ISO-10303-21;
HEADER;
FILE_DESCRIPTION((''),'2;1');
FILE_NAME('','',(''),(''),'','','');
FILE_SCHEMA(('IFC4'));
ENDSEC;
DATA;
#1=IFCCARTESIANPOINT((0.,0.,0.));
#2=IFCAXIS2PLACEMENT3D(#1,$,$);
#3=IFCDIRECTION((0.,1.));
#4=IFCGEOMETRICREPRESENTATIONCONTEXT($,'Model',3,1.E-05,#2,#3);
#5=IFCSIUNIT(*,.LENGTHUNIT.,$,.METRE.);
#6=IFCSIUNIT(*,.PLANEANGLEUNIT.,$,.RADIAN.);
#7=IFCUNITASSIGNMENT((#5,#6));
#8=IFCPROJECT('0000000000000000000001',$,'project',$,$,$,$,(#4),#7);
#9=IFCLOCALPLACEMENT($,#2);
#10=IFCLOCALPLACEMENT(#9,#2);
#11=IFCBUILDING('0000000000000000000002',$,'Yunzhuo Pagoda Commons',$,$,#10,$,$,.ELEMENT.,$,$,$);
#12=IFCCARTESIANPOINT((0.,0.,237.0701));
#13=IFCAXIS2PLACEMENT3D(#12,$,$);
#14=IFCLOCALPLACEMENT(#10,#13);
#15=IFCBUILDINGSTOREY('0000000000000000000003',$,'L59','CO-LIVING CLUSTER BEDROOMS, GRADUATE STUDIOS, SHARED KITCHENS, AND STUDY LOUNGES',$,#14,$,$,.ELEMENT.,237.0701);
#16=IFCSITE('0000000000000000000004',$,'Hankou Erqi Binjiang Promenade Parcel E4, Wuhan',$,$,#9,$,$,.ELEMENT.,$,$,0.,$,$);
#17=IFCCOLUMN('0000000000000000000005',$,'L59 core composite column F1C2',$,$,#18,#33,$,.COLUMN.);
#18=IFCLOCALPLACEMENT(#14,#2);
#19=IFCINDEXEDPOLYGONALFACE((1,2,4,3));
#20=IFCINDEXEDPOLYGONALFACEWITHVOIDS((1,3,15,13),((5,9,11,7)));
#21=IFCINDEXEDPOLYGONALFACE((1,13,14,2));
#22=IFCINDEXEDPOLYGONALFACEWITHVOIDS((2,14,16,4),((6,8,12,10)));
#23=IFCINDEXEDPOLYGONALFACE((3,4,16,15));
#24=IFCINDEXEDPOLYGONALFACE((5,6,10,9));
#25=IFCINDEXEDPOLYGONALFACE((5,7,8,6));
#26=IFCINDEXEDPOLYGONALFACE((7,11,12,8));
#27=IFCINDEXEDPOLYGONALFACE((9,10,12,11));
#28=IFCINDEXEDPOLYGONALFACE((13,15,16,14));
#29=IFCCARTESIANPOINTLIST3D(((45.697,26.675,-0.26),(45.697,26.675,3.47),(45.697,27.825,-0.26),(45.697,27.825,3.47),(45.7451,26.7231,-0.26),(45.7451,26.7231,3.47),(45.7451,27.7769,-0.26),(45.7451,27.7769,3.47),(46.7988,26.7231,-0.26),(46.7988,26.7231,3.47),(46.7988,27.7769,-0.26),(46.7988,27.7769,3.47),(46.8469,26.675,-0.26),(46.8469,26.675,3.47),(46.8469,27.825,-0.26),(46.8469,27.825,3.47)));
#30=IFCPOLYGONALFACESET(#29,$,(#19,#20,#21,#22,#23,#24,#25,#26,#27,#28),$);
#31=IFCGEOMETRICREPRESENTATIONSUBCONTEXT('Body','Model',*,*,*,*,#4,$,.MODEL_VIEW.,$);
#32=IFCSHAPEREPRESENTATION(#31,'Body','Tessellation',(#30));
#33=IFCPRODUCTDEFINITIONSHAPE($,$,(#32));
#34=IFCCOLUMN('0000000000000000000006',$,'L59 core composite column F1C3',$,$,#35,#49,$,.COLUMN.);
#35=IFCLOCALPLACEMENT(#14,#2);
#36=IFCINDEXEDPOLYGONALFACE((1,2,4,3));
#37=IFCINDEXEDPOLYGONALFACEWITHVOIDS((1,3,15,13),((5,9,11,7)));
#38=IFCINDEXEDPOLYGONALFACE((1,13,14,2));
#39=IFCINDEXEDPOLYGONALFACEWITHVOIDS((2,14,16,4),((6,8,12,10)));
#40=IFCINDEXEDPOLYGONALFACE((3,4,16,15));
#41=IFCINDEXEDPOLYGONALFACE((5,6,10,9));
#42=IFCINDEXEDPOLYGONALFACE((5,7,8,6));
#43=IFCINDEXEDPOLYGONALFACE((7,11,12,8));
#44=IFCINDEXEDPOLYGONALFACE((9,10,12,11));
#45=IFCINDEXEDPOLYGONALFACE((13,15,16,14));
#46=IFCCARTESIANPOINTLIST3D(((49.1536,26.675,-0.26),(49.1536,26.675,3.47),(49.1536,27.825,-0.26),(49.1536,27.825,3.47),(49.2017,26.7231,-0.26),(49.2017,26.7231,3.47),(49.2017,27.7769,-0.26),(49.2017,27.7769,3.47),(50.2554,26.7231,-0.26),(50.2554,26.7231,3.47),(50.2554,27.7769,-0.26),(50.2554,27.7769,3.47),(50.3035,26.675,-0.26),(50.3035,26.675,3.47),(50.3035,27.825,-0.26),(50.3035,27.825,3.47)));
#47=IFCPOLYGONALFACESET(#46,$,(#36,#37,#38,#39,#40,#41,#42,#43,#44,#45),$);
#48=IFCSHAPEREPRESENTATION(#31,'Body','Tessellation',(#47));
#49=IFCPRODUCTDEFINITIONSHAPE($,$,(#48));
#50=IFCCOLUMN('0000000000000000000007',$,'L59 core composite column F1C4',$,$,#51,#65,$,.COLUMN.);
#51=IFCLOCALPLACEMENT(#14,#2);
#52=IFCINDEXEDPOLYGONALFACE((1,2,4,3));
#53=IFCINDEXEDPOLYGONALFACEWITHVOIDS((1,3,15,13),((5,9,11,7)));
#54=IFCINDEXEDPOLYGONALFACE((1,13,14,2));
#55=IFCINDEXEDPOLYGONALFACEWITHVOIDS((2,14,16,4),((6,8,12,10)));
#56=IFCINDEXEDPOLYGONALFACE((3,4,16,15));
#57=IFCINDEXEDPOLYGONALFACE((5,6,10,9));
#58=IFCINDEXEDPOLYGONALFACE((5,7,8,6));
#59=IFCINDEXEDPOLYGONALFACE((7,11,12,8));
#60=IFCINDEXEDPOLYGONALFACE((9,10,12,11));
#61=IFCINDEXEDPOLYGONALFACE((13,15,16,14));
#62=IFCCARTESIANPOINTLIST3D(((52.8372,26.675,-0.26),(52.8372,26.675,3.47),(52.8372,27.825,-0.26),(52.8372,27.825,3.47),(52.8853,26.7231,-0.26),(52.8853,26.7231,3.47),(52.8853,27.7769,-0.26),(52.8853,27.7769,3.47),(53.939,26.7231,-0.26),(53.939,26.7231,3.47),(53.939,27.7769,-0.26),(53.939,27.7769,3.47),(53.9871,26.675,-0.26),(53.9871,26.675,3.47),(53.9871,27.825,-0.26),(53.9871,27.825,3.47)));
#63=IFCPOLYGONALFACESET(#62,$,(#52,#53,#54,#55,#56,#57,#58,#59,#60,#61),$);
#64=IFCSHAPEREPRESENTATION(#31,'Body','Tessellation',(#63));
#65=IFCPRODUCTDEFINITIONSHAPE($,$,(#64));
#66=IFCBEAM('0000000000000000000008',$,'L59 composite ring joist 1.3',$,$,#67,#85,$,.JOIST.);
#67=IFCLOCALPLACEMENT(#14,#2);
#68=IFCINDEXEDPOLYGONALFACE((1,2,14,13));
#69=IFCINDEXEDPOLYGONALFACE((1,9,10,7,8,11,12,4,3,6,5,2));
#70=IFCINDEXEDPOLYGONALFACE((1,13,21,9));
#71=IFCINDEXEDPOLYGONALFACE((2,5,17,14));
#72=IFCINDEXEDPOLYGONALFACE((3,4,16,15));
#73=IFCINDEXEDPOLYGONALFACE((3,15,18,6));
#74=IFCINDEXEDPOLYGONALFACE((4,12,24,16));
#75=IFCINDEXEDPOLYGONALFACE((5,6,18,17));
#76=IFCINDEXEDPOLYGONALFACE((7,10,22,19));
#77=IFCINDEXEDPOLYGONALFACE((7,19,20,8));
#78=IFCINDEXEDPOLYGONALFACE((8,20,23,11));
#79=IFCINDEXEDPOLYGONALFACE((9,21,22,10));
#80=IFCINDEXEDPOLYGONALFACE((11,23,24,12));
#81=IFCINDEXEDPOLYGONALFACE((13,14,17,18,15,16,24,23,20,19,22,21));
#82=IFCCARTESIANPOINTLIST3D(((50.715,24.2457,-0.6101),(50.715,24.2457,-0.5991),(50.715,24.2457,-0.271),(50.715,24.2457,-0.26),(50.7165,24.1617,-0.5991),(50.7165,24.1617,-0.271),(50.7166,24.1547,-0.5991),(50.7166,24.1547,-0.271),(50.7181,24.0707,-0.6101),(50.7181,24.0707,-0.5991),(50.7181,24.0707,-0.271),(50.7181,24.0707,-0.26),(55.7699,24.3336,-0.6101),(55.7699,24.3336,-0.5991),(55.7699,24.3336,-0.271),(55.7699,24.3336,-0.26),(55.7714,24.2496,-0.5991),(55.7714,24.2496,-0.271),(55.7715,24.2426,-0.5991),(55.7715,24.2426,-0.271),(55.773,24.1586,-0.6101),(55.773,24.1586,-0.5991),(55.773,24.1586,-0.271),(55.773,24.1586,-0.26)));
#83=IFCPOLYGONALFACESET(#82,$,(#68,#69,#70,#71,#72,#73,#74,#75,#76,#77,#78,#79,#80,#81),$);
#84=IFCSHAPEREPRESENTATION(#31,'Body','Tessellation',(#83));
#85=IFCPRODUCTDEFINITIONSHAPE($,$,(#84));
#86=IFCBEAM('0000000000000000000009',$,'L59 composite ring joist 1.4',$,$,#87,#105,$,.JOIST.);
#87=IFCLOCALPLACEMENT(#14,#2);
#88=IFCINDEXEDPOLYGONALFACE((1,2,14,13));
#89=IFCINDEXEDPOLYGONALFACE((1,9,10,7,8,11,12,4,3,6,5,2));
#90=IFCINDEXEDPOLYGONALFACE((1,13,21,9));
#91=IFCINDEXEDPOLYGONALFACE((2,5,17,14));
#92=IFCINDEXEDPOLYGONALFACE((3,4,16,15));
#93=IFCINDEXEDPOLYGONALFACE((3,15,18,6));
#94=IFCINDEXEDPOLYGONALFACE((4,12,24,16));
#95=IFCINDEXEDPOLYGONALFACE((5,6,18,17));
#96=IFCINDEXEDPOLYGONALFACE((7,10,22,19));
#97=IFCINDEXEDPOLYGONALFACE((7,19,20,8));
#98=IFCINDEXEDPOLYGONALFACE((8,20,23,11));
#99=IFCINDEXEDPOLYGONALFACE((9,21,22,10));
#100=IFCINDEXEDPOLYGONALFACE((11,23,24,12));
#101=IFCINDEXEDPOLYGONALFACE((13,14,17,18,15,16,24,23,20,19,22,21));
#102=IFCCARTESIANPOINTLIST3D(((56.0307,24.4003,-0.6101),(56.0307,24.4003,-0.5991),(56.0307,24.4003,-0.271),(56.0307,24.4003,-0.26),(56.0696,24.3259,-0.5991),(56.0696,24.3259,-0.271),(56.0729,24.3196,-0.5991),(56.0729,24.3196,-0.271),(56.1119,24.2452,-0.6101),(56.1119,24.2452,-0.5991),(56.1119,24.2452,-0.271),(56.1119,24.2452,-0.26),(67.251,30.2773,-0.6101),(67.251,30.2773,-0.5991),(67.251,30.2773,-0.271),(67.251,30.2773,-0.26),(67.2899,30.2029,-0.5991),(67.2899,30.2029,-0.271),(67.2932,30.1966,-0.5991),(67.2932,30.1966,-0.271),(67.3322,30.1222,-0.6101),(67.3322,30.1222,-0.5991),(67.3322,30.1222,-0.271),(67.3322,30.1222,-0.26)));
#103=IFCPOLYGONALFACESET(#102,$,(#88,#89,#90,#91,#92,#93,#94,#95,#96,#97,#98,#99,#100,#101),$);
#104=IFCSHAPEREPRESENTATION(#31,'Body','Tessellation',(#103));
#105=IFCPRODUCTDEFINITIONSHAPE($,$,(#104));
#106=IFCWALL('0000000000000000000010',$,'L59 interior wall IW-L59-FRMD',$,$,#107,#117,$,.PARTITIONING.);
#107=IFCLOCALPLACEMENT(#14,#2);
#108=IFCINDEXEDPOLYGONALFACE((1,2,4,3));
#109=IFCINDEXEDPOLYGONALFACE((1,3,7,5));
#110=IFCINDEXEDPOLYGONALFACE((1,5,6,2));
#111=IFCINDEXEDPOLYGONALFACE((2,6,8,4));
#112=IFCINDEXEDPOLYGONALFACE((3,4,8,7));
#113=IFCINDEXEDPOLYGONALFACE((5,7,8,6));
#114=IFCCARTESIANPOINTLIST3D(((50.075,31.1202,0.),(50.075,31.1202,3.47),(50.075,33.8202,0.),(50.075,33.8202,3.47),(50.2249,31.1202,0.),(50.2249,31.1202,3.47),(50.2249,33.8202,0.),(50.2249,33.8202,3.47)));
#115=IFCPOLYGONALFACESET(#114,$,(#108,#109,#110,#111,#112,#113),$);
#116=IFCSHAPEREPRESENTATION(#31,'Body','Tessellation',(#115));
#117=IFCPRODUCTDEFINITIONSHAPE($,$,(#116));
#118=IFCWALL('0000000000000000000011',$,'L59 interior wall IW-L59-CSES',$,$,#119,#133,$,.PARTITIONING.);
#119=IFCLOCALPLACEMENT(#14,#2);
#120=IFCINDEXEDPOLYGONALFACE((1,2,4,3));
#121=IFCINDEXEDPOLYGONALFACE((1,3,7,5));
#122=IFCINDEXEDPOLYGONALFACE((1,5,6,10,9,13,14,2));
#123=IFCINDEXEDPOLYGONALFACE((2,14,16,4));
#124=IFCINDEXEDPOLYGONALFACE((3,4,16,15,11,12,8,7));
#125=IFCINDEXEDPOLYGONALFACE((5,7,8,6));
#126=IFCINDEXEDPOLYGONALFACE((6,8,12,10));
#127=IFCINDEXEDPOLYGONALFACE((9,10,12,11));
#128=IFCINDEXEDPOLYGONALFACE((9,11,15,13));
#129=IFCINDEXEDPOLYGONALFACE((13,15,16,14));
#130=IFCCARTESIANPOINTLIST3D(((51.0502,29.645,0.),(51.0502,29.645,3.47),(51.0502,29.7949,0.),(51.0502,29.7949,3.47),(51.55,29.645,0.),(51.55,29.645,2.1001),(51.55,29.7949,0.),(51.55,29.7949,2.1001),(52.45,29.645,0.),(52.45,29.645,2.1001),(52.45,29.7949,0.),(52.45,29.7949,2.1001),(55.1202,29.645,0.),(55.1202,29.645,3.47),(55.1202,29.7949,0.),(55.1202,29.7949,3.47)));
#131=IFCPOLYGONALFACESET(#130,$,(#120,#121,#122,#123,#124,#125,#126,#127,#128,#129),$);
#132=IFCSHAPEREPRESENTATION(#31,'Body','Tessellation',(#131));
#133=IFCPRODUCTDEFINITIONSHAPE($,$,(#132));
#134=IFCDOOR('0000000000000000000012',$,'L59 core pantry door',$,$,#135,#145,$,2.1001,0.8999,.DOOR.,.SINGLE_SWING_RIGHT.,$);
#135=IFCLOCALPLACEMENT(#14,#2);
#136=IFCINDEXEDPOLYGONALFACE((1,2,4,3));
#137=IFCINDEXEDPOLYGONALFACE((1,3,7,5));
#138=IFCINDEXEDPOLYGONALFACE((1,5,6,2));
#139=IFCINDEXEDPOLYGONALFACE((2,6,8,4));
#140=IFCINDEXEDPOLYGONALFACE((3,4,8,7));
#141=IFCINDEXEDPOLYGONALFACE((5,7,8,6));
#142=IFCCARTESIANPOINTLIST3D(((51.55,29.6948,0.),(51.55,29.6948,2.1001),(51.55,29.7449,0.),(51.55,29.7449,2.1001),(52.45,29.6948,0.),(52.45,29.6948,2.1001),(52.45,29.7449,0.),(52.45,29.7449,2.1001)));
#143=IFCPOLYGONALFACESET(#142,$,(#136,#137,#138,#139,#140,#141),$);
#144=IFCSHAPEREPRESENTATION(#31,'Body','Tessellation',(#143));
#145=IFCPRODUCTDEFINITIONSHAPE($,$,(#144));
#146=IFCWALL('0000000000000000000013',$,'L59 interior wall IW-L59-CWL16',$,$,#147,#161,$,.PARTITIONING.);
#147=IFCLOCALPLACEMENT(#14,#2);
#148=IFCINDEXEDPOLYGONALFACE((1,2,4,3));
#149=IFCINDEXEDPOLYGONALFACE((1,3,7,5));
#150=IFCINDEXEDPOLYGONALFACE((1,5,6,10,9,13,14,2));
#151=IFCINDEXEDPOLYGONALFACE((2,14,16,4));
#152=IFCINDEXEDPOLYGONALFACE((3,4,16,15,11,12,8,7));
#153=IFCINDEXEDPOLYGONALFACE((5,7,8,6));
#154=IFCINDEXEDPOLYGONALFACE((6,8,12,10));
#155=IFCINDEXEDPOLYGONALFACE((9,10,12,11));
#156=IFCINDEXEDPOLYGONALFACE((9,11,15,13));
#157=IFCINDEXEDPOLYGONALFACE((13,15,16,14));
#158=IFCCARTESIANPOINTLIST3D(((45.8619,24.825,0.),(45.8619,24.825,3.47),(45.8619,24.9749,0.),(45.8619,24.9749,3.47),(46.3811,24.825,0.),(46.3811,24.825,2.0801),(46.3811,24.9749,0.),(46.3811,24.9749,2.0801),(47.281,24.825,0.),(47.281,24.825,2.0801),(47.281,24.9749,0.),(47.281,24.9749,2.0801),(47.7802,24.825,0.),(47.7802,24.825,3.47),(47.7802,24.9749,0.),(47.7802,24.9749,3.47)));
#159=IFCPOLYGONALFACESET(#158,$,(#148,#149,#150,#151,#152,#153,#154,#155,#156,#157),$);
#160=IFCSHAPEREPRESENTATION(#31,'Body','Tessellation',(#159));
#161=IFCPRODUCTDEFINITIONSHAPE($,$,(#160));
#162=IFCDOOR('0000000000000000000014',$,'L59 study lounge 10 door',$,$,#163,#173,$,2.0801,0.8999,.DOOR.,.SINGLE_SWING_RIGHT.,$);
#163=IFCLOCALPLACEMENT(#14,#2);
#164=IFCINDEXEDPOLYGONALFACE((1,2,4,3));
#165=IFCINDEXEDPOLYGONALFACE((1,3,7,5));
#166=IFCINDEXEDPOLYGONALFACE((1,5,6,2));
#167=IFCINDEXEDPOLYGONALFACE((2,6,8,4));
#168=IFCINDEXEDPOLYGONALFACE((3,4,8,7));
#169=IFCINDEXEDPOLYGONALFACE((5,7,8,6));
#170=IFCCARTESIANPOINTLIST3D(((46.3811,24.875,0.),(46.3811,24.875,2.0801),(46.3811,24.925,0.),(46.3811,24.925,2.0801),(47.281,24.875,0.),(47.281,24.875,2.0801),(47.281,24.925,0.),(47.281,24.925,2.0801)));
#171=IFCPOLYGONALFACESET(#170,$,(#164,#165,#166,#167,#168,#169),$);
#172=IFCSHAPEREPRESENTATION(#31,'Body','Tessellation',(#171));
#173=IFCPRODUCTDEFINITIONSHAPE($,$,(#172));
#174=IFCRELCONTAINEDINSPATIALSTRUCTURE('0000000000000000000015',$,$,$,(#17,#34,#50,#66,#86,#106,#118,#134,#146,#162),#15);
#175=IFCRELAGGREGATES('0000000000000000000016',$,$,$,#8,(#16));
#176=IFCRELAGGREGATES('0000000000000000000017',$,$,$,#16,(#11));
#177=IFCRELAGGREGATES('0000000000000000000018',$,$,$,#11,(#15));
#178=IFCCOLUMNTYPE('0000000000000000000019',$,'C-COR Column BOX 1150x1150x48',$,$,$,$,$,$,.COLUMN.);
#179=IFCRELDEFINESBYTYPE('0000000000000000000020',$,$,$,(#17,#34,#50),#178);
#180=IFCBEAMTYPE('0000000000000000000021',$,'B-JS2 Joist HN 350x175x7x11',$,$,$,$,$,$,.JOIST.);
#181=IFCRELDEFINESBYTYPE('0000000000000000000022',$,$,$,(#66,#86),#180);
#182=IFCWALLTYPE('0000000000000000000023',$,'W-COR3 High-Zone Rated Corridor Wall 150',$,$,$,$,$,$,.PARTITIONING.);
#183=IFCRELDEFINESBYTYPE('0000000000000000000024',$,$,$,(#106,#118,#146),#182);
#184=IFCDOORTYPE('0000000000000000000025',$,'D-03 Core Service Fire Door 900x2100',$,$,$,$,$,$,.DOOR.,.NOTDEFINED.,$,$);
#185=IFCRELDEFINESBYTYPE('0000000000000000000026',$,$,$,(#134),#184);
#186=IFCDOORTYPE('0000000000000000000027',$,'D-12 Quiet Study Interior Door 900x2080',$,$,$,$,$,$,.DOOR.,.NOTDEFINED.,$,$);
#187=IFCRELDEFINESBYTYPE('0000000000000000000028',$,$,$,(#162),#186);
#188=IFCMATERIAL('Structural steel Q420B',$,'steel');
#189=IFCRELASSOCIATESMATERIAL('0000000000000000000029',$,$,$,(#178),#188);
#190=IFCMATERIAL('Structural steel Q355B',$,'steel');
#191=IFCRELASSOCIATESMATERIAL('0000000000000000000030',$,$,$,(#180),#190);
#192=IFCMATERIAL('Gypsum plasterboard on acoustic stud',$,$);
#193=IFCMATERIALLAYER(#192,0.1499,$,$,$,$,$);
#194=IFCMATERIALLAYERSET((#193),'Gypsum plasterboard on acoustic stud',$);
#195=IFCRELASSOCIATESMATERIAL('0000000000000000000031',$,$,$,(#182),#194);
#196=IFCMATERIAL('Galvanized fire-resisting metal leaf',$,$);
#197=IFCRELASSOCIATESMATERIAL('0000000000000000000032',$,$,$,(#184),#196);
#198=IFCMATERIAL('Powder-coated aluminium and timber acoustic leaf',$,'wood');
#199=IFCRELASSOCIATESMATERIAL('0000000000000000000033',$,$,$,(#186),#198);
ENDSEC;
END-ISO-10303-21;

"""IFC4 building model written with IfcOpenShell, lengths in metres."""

from ifc_helpers import new_model, si_unit, direction, frame, frame_2d, origin, origin_with_axes, origin_2d, place, context, subcontext, project, spatial, rectangle, hollow_rectangle, i_section, extrude, source, transform, mapped, material, layer, layer_set, material_profile, profile_set, type_object, element, fill, save


model = new_model("IFC4")

# Units and contexts
model_context = context("Model", 3, precision=1e-05, world=origin(), true_north=direction((0.0, 1.0)))
body_context = subcontext(model_context, "Body", "Model", "MODEL_VIEW")
ifc_project = project(units=[si_unit("LENGTHUNIT", "METRE"), si_unit("PLANEANGLEUNIT", "RADIAN")], contexts=[model_context])

# Site, building, storey
site_placement = place(None, origin())
site = spatial("IfcSite", under=ifc_project, at=site_placement, Name="Hankou Erqi Binjiang Promenade Parcel E4, Wuhan", CompositionType="ELEMENT", RefElevation=0.0)
building_placement = place(site_placement, origin())
building = spatial("IfcBuilding", under=site, at=building_placement, Name="Yunzhuo Pagoda Commons", CompositionType="ELEMENT")
storey_placement = place(building_placement, frame((0.0, 0.0, 237.0701)))
storey = spatial("IfcBuildingStorey", under=building, at=storey_placement, Name="L59", Description="CO-LIVING CLUSTER BEDROOMS, GRADUATE STUDIOS, SHARED KITCHENS, AND STUDY LOUNGES", CompositionType="ELEMENT", Elevation=237.0701)

# Columns
ifc_material_1 = material(Name="Structural steel Q420B", Category="steel")
ifc_material_profile_1 = material_profile(ifc_material_1, hollow_rectangle(XDim=1.1499, YDim=1.1499, WallThickness=0.0481, at=origin_2d()), Name="Structural steel Q420B")
ifc_profile_set_1 = profile_set([ifc_material_profile_1], Name="Structural steel Q420B")
column_type = type_object("IfcColumnType", Name="C-COR Column BOX 1150x1150x48", PredefinedType="COLUMN", material=ifc_profile_set_1)
shared_shape_1 = source(origin(), body_context, "Body", "SweptSolid", [
    extrude(hollow_rectangle(XDim=1.1499, YDim=1.1499, WallThickness=0.0481, at=origin_2d()), origin(), (0.0, 0.0, 1.0), 3.73),
])
for number, where, z_axis, x_axis, name in (
    (1, (46.272, 27.25, -0.26), (0.0, 0.0, 1.0), (1.0, 0.0, 0.0), "L59 core composite column F1C2"),
    (2, (49.7285, 27.25, -0.26), (0.0, 0.0, 1.0), (1.0, 0.0, 0.0), "L59 core composite column F1C3"),
    (3, (53.4121, 27.25, -0.26), (0.0, 0.0, 1.0), (1.0, 0.0, 0.0), "L59 core composite column F1C4"),
):
    element("IfcColumn", number, at=place(storey_placement, frame(where, z_axis=z_axis, x_axis=x_axis)), inside=storey, type_object=column_type, Name=name, PredefinedType="COLUMN", context=body_context, shape_type="MappedRepresentation", body=[
        mapped(shared_shape_1, transform((0.0, 0.0, 0.0), scale=1.0)),
    ])

# Beams
ifc_material_2 = material(Name="Structural steel Q355B", Category="steel")
ifc_material_profile_2 = material_profile(ifc_material_2, i_section(OverallWidth=0.175, OverallDepth=0.3501, WebThickness=0.0071, FlangeThickness=0.011, at=origin_2d()), Name="Structural steel Q355B")
ifc_profile_set_2 = profile_set([ifc_material_profile_2], Name="Structural steel Q355B")
beam_type = type_object("IfcBeamType", Name="B-JS2 Joist HN 350x175x7x11", PredefinedType="JOIST", material=ifc_profile_set_2)
shared_shape_2 = source(origin(), body_context, "Body", "SweptSolid", [
    extrude(i_section(OverallWidth=0.175, OverallDepth=0.3501, WebThickness=0.0071, FlangeThickness=0.011, at=origin_2d()), origin(), (0.0, 0.0, 1.0), 5.0557),
])
beam_1_placement = place(storey_placement, frame((50.7166, 24.1582, -0.4351), z_axis=(0.999849, 0.017384, 0.0), x_axis=(-0.017384, 0.999849, 0.0)))
element("IfcBeam", 4, at=beam_1_placement, inside=storey, type_object=beam_type, Name="L59 composite ring joist 1.3", PredefinedType="JOIST", context=body_context, shape_type="MappedRepresentation", body=[
    mapped(shared_shape_2, transform((0.0, 0.0, 0.0), scale=1.0)),
])
shared_shape_3 = source(origin(), body_context, "Body", "SweptSolid", [
    extrude(i_section(OverallWidth=0.175, OverallDepth=0.3501, WebThickness=0.0071, FlangeThickness=0.011, at=origin_2d()), origin(), (0.0, 0.0, 1.0), 12.6663),
])
beam_2_placement = place(storey_placement, frame((56.0713, 24.3228, -0.4351), z_axis=(0.885841, 0.463988, 0.0), x_axis=(-0.463988, 0.885841, 0.0)))
element("IfcBeam", 5, at=beam_2_placement, inside=storey, type_object=beam_type, Name="L59 composite ring joist 1.4", PredefinedType="JOIST", context=body_context, shape_type="MappedRepresentation", body=[
    mapped(shared_shape_3, transform((0.0, 0.0, 0.0), scale=1.0)),
])

# Wall
ifc_material_3 = material(Name="Gypsum plasterboard on acoustic stud")
ifc_layer_1 = layer(ifc_material_3, 0.1499)
ifc_layer_set_1 = layer_set([ifc_layer_1], Name="Gypsum plasterboard on acoustic stud")
wall_type_1 = type_object("IfcWallType", Name="W-COR3 High-Zone Rated Corridor Wall 150", PredefinedType="PARTITIONING", material=ifc_layer_set_1)
wall_1_placement = place(storey_placement, frame((50.1499, 31.1201, 0.0), z_axis=(0.0, 0.0, 1.0), x_axis=(0.0, 1.0, 0.0)))
element("IfcWall", 6, at=wall_1_placement, inside=storey, type_object=wall_type_1, Name="L59 interior wall IW-L59-FRMD", PredefinedType="PARTITIONING", context=body_context, shape_type="SweptSolid", body=[
    extrude(rectangle(XDim=2.7, YDim=0.1499, at=frame_2d((1.3501, 0.0))), origin(), (0.0, 0.0, 1.0), 3.47),
])

# Walls, openings, doors
wall_2_placement = place(storey_placement, frame((51.05, 29.72, 0.0), z_axis=(0.0, 0.0, 1.0), x_axis=(1.0, 0.0, 0.0)))
wall_2 = element("IfcWall", 7, at=wall_2_placement, inside=storey, type_object=wall_type_1, Name="L59 interior wall IW-L59-CSES", PredefinedType="PARTITIONING", context=body_context, shape_type="SweptSolid", body=[
    extrude(rectangle(XDim=4.0701, YDim=0.1499, at=frame_2d((2.0352, 0.0))), origin(), (0.0, 0.0, 1.0), 3.47),
])
opening_1_placement = place(wall_2_placement, frame((0.5, 0.0, 0.0)))
opening_1 = element("IfcOpeningElement", 8, at=opening_1_placement, cuts=wall_2, PredefinedType="OPENING", context=body_context, shape_type="SweptSolid", body=[
    extrude(rectangle(XDim=0.8999, YDim=2.1001, at=frame_2d((0.45, 1.05))), frame((0.0, 0.085, 0.0), z_axis=(0.0, -1.0, 0.0), x_axis=(1.0, 0.0, 0.0)), (0.0, 0.0, 1.0), 0.1699),
])
ifc_material_4 = material(Name="Galvanized fire-resisting metal leaf")
door_type_1 = type_object("IfcDoorType", Name="D-03 Core Service Fire Door 900x2100", OperationType="NOTDEFINED", PredefinedType="DOOR", material=ifc_material_4)
shared_shape_4 = source(origin(), body_context, "Body", "SweptSolid", [
    extrude(rectangle(XDim=0.8999, YDim=2.1001, at=frame_2d((0.45, 1.05))), frame((0.0, 0.0249, 0.0), z_axis=(0.0, -1.0, 0.0), x_axis=(1.0, 0.0, 0.0)), (0.0, 0.0, 1.0), 0.05),
])
door_1_placement = place(opening_1_placement, origin_with_axes())
door_1 = element("IfcDoor", 9, at=door_1_placement, inside=storey, type_object=door_type_1, Name="L59 core pantry door", OperationType="SINGLE_SWING_RIGHT", OverallHeight=2.1001, OverallWidth=0.8999, PredefinedType="DOOR", context=body_context, shape_type="MappedRepresentation", body=[
    mapped(shared_shape_4, transform((0.0, 0.0, 0.0), scale=1.0)),
])
fill(opening_1, door_1)
wall_3_placement = place(storey_placement, frame((47.78, 24.8999, 0.0), z_axis=(0.0, 0.0, 1.0), x_axis=(-1.0, 0.0, 0.0)))
wall_3 = element("IfcWall", 10, at=wall_3_placement, inside=storey, type_object=wall_type_1, Name="L59 interior wall IW-L59-CWL16", PredefinedType="PARTITIONING", context=body_context, shape_type="SweptSolid", body=[
    extrude(rectangle(XDim=1.9182, YDim=0.1499, at=frame_2d((0.959, 0.0))), origin(), (0.0, 0.0, 1.0), 3.47),
])
opening_2_placement = place(wall_3_placement, frame((0.499, 0.0, 0.0)))
opening_2 = element("IfcOpeningElement", 11, at=opening_2_placement, cuts=wall_3, PredefinedType="OPENING", context=body_context, shape_type="SweptSolid", body=[
    extrude(rectangle(XDim=0.8999, YDim=2.0801, at=frame_2d((0.45, 1.04))), frame((0.0, 0.085, 0.0), z_axis=(0.0, -1.0, 0.0), x_axis=(1.0, 0.0, 0.0)), (0.0, 0.0, 1.0), 0.1699),
])
ifc_material_5 = material(Name="Powder-coated aluminium and timber acoustic leaf", Category="wood")
door_type_2 = type_object("IfcDoorType", Name="D-12 Quiet Study Interior Door 900x2080", OperationType="NOTDEFINED", PredefinedType="DOOR", material=ifc_material_5)
shared_shape_5 = source(origin(), body_context, "Body", "SweptSolid", [
    extrude(rectangle(XDim=0.8999, YDim=2.0801, at=frame_2d((0.45, 1.04))), frame((0.0, 0.0249, 0.0), z_axis=(0.0, -1.0, 0.0), x_axis=(1.0, 0.0, 0.0)), (0.0, 0.0, 1.0), 0.05),
])
door_2_placement = place(opening_2_placement, origin_with_axes())
door_2 = element("IfcDoor", 12, at=door_2_placement, inside=storey, type_object=door_type_2, Name="L59 study lounge 10 door", OperationType="SINGLE_SWING_RIGHT", OverallHeight=2.0801, OverallWidth=0.8999, PredefinedType="DOOR", context=body_context, shape_type="MappedRepresentation", body=[
    mapped(shared_shape_5, transform((0.0, 0.0, 0.0), scale=1.0)),
])
fill(opening_2, door_2)

save(model, "model.ifc")
